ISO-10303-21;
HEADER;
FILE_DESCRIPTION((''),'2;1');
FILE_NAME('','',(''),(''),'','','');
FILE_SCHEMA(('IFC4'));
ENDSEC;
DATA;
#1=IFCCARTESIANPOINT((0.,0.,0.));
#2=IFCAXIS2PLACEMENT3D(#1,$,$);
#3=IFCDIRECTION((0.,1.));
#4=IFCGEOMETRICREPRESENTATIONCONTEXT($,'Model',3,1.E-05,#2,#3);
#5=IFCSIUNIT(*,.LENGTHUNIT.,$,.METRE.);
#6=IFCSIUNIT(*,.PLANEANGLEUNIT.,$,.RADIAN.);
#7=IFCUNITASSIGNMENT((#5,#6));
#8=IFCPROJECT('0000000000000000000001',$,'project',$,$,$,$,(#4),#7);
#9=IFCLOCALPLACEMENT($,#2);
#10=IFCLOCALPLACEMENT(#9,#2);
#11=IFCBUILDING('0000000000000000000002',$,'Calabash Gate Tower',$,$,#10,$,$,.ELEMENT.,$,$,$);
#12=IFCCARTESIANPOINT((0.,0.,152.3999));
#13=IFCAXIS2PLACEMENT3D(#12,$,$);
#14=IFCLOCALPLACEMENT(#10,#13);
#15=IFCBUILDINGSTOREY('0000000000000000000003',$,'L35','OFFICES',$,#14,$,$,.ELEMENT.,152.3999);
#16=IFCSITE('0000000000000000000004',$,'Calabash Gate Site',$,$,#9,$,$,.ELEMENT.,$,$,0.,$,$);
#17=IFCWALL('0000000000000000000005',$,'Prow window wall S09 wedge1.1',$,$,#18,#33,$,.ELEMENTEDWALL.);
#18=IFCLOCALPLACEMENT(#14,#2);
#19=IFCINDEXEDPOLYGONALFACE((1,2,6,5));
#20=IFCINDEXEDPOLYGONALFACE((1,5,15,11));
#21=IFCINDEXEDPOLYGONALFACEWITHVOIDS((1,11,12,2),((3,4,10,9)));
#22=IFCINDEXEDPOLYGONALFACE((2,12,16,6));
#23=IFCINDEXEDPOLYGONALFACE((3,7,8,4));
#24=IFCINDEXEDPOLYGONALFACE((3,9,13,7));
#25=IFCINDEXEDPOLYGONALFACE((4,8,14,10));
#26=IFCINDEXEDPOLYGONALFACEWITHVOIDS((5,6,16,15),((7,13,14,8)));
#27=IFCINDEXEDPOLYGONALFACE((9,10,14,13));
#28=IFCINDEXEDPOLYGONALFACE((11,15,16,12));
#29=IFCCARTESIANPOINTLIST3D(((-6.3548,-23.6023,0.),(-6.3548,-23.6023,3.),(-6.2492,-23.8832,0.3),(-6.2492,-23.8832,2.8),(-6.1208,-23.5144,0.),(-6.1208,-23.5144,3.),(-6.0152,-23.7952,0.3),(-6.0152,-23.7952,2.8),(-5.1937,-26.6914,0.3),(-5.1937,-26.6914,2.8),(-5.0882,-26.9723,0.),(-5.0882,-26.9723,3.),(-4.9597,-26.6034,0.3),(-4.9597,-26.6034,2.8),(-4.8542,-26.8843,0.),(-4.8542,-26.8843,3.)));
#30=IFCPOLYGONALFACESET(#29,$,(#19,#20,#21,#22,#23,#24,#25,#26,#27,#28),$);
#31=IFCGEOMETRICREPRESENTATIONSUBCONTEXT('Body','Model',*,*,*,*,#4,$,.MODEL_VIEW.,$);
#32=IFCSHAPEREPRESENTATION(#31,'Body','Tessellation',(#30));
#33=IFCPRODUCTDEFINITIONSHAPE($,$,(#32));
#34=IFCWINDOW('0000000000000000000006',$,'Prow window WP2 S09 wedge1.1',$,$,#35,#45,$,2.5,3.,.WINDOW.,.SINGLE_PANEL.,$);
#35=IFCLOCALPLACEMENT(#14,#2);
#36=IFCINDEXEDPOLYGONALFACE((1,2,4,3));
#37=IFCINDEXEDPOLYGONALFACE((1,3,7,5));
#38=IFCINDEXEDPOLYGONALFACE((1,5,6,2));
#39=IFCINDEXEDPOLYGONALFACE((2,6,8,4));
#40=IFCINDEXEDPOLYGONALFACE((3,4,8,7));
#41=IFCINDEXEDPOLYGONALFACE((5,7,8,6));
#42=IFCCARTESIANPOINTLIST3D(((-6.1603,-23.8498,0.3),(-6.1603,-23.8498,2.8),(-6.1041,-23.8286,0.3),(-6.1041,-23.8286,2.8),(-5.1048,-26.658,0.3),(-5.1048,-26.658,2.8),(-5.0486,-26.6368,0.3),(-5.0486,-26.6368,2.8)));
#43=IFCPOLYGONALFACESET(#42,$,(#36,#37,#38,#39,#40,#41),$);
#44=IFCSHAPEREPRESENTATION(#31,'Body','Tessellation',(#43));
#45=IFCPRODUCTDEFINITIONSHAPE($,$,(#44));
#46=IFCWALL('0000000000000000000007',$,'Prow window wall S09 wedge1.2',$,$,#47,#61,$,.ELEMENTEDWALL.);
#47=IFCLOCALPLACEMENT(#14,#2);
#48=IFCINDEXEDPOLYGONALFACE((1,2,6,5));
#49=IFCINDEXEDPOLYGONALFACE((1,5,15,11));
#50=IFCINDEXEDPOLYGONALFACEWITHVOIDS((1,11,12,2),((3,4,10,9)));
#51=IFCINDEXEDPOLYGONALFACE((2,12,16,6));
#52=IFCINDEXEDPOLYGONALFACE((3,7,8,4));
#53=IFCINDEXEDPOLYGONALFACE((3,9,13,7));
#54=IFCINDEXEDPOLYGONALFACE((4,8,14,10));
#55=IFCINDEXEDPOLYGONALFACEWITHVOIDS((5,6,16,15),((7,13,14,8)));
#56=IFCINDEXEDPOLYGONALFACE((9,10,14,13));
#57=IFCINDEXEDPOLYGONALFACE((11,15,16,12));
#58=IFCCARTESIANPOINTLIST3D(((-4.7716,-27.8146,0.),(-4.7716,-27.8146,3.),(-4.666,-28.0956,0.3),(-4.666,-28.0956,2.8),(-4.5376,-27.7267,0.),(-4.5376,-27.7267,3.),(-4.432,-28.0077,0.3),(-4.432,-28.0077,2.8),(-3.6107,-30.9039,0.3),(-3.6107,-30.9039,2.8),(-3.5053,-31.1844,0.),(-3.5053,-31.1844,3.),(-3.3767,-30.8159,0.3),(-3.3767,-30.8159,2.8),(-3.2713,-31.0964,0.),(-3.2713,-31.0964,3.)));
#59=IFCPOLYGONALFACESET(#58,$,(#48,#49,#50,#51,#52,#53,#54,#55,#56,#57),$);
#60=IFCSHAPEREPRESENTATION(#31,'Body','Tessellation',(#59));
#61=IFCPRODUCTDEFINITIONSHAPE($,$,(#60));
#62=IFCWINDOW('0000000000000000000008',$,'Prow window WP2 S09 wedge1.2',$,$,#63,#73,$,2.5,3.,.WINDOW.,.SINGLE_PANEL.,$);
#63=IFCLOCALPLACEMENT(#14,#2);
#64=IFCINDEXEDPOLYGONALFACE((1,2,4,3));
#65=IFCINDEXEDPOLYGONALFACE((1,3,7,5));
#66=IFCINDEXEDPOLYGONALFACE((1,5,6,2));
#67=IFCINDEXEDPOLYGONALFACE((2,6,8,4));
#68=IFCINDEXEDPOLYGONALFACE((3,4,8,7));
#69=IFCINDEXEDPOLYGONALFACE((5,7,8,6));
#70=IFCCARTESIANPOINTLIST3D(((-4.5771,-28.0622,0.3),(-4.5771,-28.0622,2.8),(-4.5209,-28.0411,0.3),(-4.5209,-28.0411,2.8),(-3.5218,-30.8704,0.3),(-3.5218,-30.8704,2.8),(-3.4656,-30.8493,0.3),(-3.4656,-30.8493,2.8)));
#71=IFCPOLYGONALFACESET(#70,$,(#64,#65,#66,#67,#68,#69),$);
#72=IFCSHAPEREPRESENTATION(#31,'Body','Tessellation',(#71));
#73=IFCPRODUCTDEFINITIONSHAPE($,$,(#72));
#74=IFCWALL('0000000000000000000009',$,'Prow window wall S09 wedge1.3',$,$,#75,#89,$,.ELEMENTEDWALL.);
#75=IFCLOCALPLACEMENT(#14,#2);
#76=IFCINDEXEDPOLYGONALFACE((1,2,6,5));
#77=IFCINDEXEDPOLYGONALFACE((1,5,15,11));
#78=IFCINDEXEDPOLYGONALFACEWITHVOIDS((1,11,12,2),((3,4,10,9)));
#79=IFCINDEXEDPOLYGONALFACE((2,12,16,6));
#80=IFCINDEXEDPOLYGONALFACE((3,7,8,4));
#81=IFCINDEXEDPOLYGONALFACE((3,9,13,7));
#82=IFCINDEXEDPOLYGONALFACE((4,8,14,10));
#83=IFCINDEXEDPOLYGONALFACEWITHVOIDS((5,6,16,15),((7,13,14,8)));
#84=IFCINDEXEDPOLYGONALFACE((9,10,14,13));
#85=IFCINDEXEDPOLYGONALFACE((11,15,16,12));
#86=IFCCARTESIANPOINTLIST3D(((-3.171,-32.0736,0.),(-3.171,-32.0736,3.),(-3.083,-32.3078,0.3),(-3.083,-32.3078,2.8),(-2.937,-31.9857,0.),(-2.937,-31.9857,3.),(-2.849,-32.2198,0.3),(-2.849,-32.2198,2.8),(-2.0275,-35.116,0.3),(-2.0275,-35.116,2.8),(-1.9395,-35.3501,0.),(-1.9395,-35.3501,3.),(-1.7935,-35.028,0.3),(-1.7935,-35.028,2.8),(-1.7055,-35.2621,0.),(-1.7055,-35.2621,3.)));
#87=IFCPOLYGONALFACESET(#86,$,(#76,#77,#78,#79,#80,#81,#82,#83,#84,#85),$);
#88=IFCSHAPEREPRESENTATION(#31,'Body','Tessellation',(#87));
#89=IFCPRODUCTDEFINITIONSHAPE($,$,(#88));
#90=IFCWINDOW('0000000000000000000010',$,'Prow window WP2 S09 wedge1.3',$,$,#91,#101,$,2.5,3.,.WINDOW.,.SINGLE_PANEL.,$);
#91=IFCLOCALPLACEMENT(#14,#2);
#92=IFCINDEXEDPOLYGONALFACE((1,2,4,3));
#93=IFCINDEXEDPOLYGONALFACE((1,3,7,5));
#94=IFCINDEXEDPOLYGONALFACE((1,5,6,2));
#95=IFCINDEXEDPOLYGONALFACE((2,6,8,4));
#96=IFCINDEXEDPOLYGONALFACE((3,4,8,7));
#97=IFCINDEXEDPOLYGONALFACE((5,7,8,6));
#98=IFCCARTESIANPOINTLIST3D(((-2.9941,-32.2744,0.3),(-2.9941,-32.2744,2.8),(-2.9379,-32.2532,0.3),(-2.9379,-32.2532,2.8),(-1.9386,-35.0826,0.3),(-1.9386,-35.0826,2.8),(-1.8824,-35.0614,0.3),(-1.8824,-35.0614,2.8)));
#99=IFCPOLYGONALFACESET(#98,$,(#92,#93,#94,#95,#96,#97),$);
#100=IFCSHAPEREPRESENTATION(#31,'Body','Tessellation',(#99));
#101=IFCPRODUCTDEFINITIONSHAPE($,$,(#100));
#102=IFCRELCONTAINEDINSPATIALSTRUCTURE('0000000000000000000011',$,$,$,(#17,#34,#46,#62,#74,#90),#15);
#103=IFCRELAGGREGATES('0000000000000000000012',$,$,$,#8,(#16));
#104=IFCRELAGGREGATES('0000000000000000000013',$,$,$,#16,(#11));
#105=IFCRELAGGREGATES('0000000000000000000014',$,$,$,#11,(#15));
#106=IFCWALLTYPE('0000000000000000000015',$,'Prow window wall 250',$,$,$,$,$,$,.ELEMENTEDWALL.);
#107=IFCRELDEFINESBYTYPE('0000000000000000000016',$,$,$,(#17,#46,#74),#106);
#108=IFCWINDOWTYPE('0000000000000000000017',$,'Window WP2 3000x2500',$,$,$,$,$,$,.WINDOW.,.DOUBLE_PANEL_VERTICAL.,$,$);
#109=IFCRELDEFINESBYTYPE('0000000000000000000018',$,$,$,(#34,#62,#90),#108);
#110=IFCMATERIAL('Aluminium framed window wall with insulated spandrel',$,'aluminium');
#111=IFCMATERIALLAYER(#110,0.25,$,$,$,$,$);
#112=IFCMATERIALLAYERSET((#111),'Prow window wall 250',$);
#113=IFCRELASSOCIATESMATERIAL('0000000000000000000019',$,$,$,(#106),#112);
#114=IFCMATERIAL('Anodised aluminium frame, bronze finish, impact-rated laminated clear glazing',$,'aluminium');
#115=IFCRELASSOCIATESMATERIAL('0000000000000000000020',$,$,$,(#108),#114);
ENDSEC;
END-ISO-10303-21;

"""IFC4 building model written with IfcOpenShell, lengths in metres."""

from ifc_helpers import new_model, si_unit, direction, frame, frame_2d, origin, place, context, subcontext, project, spatial, rectangle, extrude, material, layer, layer_set, type_object, element, fill, save


model = new_model("IFC4")

# Units and contexts
model_context = context("Model", 3, precision=1e-05, world=origin(), true_north=direction((0.0, 1.0)))
body_context = subcontext(model_context, "Body", "Model", "MODEL_VIEW")
ifc_project = project(units=[si_unit("LENGTHUNIT", "METRE"), si_unit("PLANEANGLEUNIT", "RADIAN")], contexts=[model_context])

# Site, building, storey
site_placement = place(None, origin())
site = spatial("IfcSite", under=ifc_project, at=site_placement, Name="Calabash Gate Site", CompositionType="ELEMENT", RefElevation=0.0)
building_placement = place(site_placement, origin())
building = spatial("IfcBuilding", under=site, at=building_placement, Name="Calabash Gate Tower", CompositionType="ELEMENT")
storey_placement = place(building_placement, frame((0.0, 0.0, 152.3999)))
storey = spatial("IfcBuildingStorey", under=building, at=storey_placement, Name="L35", Description="OFFICES", CompositionType="ELEMENT", Elevation=152.3999)

# Walls, openings, windows
ifc_material_1 = material(Name="Aluminium framed window wall with insulated spandrel", Category="aluminium")
ifc_layer_1 = layer(ifc_material_1, 0.25)
ifc_layer_set_1 = layer_set([ifc_layer_1], Name="Prow window wall 250")
wall_type_1 = type_object("IfcWallType", Name="Prow window wall 250", PredefinedType="ELEMENTEDWALL", material=ifc_layer_set_1)
wall_1_placement = place(storey_placement, frame((-6.2378, -23.5583, 0.0), z_axis=(0.0, 0.0, 1.0), x_axis=(0.351829, -0.936064, 0.0)))
wall_1 = element("IfcWall", 1, at=wall_1_placement, inside=storey, type_object=wall_type_1, Name="Prow window wall S09 wedge1.1", PredefinedType="ELEMENTEDWALL", context=body_context, shape_type="SweptSolid", body=[
    extrude(rectangle(XDim=3.6001, YDim=0.25, at=frame_2d((1.8, 0.0))), origin(), (0.0, 0.0, 1.0), 3.0),
])
opening_1_placement = place(wall_1_placement, frame((0.3, 0.0, 0.3)))
opening_1 = element("IfcOpeningElement", 2, at=opening_1_placement, cuts=wall_1, PredefinedType="OPENING", context=body_context, shape_type="SweptSolid", body=[
    extrude(rectangle(XDim=3.0, YDim=2.5, at=frame_2d((1.5, 1.25))), frame((0.0, 0.135, 0.0), z_axis=(0.0, -1.0, 0.0), x_axis=(1.0, 0.0, 0.0)), (0.0, 0.0, 1.0), 0.27),
])
ifc_material_2 = material(Name="Anodised aluminium frame, bronze finish, impact-rated laminated clear glazing", Category="aluminium")
window_type = type_object("IfcWindowType", Name="Window WP2 3000x2500", PartitioningType="DOUBLE_PANEL_VERTICAL", PredefinedType="WINDOW", material=ifc_material_2)
window_1_placement = place(opening_1_placement, origin())
window_1 = element("IfcWindow", 3, at=window_1_placement, inside=storey, type_object=window_type, Name="Prow window WP2 S09 wedge1.1", OverallHeight=2.5, OverallWidth=3.0, PartitioningType="SINGLE_PANEL", PredefinedType="WINDOW", context=body_context, shape_type="SweptSolid", body=[
    extrude(rectangle(XDim=3.0, YDim=2.5, at=frame_2d((1.5, 1.25))), frame((0.0, 0.03, 0.0), z_axis=(0.0, -1.0, 0.0), x_axis=(1.0, 0.0, 0.0)), (0.0, 0.0, 1.0), 0.0601),
])
fill(opening_1, window_1)
wall_2_placement = place(storey_placement, frame((-4.6545, -27.7708, 0.0), z_axis=(0.0, 0.0, 1.0), x_axis=(0.35177, -0.936086, 0.0)))
wall_2 = element("IfcWall", 4, at=wall_2_placement, inside=storey, type_object=wall_type_1, Name="Prow window wall S09 wedge1.2", PredefinedType="ELEMENTEDWALL", context=body_context, shape_type="SweptSolid", body=[
    extrude(rectangle(XDim=3.5999, YDim=0.25, at=frame_2d((1.7998, 0.0))), origin(), (0.0, 0.0, 1.0), 3.0),
])
opening_2_placement = place(wall_2_placement, frame((0.3, 0.0, 0.3)))
opening_2 = element("IfcOpeningElement", 5, at=opening_2_placement, cuts=wall_2, PredefinedType="OPENING", context=body_context, shape_type="SweptSolid", body=[
    extrude(rectangle(XDim=3.0, YDim=2.5, at=frame_2d((1.5, 1.25))), frame((0.0, 0.135, 0.0), z_axis=(0.0, -1.0, 0.0), x_axis=(1.0, 0.0, 0.0)), (0.0, 0.0, 1.0), 0.27),
])
window_2_placement = place(opening_2_placement, origin())
window_2 = element("IfcWindow", 6, at=window_2_placement, inside=storey, type_object=window_type, Name="Prow window WP2 S09 wedge1.2", OverallHeight=2.5, OverallWidth=3.0, PartitioningType="SINGLE_PANEL", PredefinedType="WINDOW", context=body_context, shape_type="SweptSolid", body=[
    extrude(rectangle(XDim=3.0, YDim=2.5, at=frame_2d((1.5, 1.25))), frame((0.0, 0.03, 0.0), z_axis=(0.0, -1.0, 0.0), x_axis=(1.0, 0.0, 0.0)), (0.0, 0.0, 1.0), 0.0601),
])
fill(opening_2, window_2)
wall_3_placement = place(storey_placement, frame((-3.054, -32.0298, 0.0), z_axis=(0.0, 0.0, 1.0), x_axis=(0.351827, -0.936065, 0.0)))
wall_3 = element("IfcWall", 7, at=wall_3_placement, inside=storey, type_object=wall_type_1, Name="Prow window wall S09 wedge1.3", PredefinedType="ELEMENTEDWALL", context=body_context, shape_type="SweptSolid", body=[
    extrude(rectangle(XDim=3.5002, YDim=0.25, at=frame_2d((1.75, 0.0))), origin(), (0.0, 0.0, 1.0), 3.0),
])
opening_3_placement = place(wall_3_placement, frame((0.25, 0.0, 0.3)))
opening_3 = element("IfcOpeningElement", 8, at=opening_3_placement, cuts=wall_3, PredefinedType="OPENING", context=body_context, shape_type="SweptSolid", body=[
    extrude(rectangle(XDim=3.0, YDim=2.5, at=frame_2d((1.5, 1.25))), frame((0.0, 0.135, 0.0), z_axis=(0.0, -1.0, 0.0), x_axis=(1.0, 0.0, 0.0)), (0.0, 0.0, 1.0), 0.27),
])
window_3_placement = place(opening_3_placement, origin())
window_3 = element("IfcWindow", 9, at=window_3_placement, inside=storey, type_object=window_type, Name="Prow window WP2 S09 wedge1.3", OverallHeight=2.5, OverallWidth=3.0, PartitioningType="SINGLE_PANEL", PredefinedType="WINDOW", context=body_context, shape_type="SweptSolid", body=[
    extrude(rectangle(XDim=3.0, YDim=2.5, at=frame_2d((1.5, 1.25))), frame((0.0, 0.03, 0.0), z_axis=(0.0, -1.0, 0.0), x_axis=(1.0, 0.0, 0.0)), (0.0, 0.0, 1.0), 0.0601),
])
fill(opening_3, window_3)

save(model, "model.ifc")
